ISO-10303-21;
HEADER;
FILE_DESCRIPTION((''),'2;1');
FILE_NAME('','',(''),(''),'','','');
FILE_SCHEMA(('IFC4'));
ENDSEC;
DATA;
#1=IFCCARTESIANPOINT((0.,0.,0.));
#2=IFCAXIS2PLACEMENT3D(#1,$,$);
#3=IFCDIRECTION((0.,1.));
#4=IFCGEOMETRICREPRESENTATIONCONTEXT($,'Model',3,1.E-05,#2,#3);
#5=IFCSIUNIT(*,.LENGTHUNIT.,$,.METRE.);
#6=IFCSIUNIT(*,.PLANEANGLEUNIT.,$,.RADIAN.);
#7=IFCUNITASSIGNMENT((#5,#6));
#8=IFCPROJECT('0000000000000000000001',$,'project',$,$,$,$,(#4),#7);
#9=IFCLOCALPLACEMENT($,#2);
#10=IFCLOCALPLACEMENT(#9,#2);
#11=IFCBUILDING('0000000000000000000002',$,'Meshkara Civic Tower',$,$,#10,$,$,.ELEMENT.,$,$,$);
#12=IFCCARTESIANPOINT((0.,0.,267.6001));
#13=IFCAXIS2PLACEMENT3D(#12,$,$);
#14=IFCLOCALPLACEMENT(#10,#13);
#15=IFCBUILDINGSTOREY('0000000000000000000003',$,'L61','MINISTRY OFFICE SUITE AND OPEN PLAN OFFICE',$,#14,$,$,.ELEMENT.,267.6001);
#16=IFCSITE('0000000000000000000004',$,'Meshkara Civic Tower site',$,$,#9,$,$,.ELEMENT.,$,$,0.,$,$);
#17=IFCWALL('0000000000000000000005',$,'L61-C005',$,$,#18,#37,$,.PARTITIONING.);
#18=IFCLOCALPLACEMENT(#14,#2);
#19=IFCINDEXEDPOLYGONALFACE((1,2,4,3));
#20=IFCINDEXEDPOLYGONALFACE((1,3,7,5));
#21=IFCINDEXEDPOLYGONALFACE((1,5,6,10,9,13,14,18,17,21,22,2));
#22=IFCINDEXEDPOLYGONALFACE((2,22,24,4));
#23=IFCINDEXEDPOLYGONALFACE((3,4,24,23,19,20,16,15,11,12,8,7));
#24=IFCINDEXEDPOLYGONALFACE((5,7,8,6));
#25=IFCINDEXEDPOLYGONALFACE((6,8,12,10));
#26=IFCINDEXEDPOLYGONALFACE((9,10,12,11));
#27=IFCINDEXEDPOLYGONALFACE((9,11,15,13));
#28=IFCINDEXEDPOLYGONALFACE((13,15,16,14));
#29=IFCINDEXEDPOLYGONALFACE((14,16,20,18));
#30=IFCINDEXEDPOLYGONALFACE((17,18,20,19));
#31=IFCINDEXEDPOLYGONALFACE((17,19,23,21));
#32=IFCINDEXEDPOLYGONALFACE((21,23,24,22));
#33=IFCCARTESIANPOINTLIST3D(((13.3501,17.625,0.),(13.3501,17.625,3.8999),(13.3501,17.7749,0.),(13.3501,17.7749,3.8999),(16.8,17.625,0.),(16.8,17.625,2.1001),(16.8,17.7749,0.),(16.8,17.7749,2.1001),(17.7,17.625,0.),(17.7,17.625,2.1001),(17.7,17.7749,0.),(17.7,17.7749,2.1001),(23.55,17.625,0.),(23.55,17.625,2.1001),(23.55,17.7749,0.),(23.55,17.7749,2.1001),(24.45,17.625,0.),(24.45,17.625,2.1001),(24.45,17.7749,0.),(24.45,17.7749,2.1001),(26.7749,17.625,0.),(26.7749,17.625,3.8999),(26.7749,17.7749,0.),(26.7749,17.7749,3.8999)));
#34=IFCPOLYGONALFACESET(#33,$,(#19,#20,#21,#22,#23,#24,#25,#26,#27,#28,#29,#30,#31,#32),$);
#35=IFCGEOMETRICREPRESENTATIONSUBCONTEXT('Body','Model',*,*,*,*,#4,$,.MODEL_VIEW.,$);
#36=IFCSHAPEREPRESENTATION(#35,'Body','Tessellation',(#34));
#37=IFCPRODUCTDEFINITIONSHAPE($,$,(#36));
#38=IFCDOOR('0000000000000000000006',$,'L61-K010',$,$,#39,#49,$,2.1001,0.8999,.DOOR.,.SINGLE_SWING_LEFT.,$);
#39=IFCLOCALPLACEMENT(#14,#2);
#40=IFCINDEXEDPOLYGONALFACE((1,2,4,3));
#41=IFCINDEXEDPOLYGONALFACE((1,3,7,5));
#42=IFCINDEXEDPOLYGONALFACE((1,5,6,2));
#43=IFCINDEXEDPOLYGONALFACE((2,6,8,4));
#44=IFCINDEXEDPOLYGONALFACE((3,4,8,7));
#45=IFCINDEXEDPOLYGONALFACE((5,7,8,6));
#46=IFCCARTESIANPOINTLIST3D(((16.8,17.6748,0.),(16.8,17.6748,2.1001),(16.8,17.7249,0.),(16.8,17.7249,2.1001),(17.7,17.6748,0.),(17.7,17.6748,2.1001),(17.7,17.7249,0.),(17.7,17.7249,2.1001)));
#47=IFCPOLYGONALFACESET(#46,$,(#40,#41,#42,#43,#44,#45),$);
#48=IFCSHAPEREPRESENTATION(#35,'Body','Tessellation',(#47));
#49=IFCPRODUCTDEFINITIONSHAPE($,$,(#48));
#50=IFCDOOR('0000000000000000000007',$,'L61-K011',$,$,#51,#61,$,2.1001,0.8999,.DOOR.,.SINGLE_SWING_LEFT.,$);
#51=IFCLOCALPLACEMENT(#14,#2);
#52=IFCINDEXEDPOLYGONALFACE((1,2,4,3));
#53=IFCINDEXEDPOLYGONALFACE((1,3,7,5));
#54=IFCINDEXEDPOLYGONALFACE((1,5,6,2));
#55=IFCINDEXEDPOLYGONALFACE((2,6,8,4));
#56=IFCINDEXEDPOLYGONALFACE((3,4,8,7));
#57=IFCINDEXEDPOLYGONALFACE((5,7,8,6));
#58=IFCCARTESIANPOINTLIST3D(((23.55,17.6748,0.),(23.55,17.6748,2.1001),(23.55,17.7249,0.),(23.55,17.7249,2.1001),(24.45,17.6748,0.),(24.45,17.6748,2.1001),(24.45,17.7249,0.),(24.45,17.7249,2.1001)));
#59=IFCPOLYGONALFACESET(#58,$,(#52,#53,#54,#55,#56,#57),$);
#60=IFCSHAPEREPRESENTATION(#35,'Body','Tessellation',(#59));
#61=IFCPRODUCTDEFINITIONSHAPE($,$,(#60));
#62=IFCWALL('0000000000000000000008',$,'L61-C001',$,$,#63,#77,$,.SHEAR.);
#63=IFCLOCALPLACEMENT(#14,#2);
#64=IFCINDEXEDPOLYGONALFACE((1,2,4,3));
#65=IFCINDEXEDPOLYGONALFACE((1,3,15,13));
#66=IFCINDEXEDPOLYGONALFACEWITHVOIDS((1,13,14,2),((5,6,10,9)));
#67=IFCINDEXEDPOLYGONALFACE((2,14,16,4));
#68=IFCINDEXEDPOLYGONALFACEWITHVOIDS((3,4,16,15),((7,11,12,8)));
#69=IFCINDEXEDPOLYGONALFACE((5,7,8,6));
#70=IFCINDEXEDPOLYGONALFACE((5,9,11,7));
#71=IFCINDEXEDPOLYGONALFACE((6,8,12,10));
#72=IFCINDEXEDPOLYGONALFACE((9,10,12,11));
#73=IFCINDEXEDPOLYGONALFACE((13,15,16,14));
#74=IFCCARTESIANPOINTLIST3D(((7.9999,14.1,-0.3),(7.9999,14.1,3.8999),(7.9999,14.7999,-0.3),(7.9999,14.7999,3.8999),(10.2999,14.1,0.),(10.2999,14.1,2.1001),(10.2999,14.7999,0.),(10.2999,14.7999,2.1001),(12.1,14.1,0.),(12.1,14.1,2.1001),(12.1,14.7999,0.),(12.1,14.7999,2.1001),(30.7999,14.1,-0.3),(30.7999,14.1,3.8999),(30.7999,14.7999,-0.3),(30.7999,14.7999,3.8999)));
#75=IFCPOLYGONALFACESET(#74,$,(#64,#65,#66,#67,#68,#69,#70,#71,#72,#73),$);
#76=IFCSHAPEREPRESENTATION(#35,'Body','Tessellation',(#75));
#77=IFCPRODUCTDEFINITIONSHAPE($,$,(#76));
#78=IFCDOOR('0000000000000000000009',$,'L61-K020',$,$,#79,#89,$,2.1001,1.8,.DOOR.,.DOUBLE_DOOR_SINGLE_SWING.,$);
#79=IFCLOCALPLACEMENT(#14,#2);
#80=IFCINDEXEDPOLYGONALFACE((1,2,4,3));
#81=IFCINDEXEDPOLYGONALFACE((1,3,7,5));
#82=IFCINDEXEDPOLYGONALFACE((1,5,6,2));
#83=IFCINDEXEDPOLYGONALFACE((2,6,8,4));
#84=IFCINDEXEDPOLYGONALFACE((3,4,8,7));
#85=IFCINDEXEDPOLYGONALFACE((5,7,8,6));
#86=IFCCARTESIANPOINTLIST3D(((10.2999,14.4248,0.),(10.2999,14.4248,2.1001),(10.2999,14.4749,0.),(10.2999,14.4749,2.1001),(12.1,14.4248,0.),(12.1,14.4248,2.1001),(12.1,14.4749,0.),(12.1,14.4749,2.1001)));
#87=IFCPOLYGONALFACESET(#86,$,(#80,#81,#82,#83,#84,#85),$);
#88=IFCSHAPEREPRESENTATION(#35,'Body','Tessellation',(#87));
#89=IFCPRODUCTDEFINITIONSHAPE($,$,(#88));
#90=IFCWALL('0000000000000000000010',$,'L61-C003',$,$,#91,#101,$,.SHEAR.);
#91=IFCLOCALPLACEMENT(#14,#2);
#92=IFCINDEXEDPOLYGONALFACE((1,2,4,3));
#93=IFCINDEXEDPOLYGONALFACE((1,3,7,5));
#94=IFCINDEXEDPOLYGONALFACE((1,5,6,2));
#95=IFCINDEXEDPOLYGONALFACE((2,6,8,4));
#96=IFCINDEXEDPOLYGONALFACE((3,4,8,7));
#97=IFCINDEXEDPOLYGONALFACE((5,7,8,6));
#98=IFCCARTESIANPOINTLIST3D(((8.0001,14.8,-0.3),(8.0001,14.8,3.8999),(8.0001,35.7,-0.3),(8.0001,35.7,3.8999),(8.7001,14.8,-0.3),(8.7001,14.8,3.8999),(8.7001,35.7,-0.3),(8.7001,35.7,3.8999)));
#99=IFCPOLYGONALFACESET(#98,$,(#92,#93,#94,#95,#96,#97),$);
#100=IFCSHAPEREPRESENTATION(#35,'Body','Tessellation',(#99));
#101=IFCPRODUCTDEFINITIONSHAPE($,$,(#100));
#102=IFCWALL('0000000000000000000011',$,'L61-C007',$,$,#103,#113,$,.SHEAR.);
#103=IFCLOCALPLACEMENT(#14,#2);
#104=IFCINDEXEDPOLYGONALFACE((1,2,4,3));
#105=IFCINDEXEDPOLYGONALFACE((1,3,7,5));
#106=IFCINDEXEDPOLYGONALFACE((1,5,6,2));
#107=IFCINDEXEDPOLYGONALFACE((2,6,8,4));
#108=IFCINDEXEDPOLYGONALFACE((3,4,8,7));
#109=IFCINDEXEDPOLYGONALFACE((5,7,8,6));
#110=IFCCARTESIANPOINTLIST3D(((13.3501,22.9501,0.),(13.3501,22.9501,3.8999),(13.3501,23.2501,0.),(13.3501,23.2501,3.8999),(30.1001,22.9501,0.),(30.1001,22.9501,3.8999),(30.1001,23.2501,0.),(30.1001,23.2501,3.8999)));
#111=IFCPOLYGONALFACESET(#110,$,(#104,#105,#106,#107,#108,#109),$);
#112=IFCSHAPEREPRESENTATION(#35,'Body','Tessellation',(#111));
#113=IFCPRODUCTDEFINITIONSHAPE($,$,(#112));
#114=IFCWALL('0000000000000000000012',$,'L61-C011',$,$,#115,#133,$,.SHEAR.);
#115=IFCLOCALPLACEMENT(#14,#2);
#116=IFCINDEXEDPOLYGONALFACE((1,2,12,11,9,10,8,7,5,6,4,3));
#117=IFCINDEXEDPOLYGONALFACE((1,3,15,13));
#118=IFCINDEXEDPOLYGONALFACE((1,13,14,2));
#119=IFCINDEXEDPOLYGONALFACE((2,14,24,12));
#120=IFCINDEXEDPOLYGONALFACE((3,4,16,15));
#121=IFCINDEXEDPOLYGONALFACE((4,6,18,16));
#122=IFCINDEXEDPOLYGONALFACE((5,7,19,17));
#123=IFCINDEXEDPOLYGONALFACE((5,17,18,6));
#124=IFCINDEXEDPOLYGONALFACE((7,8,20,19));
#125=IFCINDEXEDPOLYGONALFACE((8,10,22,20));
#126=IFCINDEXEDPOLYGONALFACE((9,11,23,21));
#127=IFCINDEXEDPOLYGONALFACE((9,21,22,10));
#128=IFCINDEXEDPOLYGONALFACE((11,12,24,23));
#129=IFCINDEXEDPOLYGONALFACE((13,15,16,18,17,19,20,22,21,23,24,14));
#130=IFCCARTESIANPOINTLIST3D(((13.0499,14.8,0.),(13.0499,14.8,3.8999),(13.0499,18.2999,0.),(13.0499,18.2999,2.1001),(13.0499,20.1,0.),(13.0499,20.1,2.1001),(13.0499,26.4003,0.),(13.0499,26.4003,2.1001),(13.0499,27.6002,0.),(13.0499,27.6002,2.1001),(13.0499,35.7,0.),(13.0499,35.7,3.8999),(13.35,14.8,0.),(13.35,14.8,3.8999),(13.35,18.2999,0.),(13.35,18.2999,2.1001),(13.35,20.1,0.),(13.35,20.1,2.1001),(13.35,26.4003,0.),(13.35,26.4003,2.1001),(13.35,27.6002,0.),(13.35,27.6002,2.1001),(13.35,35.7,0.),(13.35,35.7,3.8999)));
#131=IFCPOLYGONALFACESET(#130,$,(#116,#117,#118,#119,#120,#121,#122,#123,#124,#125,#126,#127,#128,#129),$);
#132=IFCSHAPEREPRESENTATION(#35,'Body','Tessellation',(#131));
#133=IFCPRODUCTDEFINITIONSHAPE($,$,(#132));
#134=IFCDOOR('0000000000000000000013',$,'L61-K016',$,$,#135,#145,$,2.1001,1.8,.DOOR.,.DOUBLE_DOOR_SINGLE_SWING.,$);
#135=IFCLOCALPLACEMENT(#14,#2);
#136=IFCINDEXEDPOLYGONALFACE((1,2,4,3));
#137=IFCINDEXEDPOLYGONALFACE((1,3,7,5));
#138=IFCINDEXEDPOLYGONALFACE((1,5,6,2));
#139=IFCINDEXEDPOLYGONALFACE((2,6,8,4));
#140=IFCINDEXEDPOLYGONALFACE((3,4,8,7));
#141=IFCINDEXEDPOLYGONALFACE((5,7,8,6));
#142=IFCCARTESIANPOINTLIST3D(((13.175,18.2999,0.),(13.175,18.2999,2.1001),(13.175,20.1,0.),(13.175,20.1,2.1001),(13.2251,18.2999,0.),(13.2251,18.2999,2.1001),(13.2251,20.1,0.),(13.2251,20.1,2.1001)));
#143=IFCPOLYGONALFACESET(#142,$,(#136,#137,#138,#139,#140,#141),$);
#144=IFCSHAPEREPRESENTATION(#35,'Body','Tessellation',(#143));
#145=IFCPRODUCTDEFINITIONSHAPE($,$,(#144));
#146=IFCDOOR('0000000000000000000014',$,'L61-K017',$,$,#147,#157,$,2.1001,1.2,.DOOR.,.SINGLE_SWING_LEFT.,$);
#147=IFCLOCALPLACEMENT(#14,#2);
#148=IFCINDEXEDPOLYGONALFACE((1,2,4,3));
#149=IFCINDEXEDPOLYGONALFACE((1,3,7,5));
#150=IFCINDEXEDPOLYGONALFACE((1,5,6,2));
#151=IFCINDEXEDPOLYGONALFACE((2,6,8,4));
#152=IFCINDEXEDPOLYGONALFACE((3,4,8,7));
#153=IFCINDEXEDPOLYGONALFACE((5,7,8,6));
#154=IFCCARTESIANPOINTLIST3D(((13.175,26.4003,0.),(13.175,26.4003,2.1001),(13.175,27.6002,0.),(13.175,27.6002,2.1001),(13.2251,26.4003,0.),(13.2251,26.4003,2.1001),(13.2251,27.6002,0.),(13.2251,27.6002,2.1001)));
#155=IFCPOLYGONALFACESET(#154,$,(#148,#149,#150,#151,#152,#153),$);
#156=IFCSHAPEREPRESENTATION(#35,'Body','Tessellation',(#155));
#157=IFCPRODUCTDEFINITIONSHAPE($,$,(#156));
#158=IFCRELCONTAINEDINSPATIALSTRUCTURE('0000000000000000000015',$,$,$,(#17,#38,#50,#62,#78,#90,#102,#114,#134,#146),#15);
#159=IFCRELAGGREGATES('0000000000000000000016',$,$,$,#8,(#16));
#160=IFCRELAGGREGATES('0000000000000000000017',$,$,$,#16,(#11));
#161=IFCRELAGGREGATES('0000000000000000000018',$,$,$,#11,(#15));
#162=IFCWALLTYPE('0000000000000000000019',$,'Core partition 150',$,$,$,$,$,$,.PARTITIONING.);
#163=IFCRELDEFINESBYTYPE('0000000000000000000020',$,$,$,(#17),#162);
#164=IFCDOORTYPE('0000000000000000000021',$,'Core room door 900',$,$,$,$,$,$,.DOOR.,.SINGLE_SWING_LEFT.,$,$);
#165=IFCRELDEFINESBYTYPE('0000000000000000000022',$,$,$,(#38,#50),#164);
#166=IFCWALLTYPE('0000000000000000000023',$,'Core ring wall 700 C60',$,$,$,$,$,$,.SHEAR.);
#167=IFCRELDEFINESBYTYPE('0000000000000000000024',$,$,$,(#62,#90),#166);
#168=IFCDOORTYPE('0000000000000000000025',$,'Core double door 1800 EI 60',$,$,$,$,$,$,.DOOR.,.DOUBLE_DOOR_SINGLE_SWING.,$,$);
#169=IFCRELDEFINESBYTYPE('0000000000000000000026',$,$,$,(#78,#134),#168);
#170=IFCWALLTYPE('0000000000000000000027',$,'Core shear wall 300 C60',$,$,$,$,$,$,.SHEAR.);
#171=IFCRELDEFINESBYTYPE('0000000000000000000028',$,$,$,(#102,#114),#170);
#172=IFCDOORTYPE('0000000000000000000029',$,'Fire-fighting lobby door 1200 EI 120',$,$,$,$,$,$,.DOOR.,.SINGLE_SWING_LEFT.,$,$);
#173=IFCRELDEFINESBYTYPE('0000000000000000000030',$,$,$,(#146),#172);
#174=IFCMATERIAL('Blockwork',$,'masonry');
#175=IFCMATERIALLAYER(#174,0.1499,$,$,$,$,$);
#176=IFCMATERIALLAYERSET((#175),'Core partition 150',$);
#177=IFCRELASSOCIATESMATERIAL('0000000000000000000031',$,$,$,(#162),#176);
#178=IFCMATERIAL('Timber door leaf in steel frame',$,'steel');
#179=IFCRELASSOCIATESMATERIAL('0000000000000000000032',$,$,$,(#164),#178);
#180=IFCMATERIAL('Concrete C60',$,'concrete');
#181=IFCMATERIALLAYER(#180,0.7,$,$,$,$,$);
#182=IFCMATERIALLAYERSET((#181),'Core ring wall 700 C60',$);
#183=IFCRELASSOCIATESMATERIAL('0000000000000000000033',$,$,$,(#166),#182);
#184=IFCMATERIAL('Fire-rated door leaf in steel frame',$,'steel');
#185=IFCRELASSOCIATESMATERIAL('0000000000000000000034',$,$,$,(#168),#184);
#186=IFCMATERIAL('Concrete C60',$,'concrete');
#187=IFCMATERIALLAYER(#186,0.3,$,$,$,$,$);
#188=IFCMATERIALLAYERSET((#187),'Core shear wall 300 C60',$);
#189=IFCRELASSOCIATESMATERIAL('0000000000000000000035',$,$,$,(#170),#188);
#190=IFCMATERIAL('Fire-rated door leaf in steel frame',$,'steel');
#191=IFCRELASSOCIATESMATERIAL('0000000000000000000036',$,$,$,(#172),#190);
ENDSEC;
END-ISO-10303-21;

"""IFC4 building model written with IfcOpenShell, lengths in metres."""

from ifc_helpers import new_model, si_unit, direction, frame, frame_2d, origin, place, context, subcontext, project, spatial, rectangle, extrude, material, layer, layer_set, type_object, element, fill, save


model = new_model("IFC4")

# Units and contexts
model_context = context("Model", 3, precision=1e-05, world=origin(), true_north=direction((0.0, 1.0)))
body_context = subcontext(model_context, "Body", "Model", "MODEL_VIEW")
ifc_project = project(units=[si_unit("LENGTHUNIT", "METRE"), si_unit("PLANEANGLEUNIT", "RADIAN")], contexts=[model_context])

# Site, building, storey
site_placement = place(None, origin())
site = spatial("IfcSite", under=ifc_project, at=site_placement, Name="Meshkara Civic Tower site", CompositionType="ELEMENT", RefElevation=0.0)
building_placement = place(site_placement, origin())
building = spatial("IfcBuilding", under=site, at=building_placement, Name="Meshkara Civic Tower", CompositionType="ELEMENT")
storey_placement = place(building_placement, frame((0.0, 0.0, 267.6001)))
storey = spatial("IfcBuildingStorey", under=building, at=storey_placement, Name="L61", Description="MINISTRY OFFICE SUITE AND OPEN PLAN OFFICE", CompositionType="ELEMENT", Elevation=267.6001)

# Wall, openings, doors
ifc_material_1 = material(Name="Blockwork", Category="masonry")
ifc_layer_1 = layer(ifc_material_1, 0.1499)
ifc_layer_set_1 = layer_set([ifc_layer_1], Name="Core partition 150")
wall_type_1 = type_object("IfcWallType", Name="Core partition 150", PredefinedType="PARTITIONING", material=ifc_layer_set_1)
wall_1_placement = place(storey_placement, frame((13.3501, 17.7, 0.0), z_axis=(0.0, 0.0, 1.0), x_axis=(1.0, 0.0, 0.0)))
wall_1 = element("IfcWall", 1, at=wall_1_placement, inside=storey, type_object=wall_type_1, Name="L61-C005", PredefinedType="PARTITIONING", context=body_context, shape_type="SweptSolid", body=[
    extrude(rectangle(XDim=13.4248, YDim=0.1499, at=frame_2d((6.7124, 0.0))), origin(), (0.0, 0.0, 1.0), 3.8999),
])
opening_1_placement = place(wall_1_placement, frame((3.45, 0.0, 0.0)))
opening_1 = element("IfcOpeningElement", 2, at=opening_1_placement, cuts=wall_1, PredefinedType="OPENING", context=body_context, shape_type="SweptSolid", body=[
    extrude(rectangle(XDim=0.8999, YDim=2.1001, at=frame_2d((0.45, 1.05))), frame((0.0, 0.085, 0.0), z_axis=(0.0, -1.0, 0.0), x_axis=(1.0, 0.0, 0.0)), (0.0, 0.0, 1.0), 0.1699),
])
opening_2_placement = place(wall_1_placement, frame((10.2, 0.0, 0.0)))
opening_2 = element("IfcOpeningElement", 3, at=opening_2_placement, cuts=wall_1, PredefinedType="OPENING", context=body_context, shape_type="SweptSolid", body=[
    extrude(rectangle(XDim=0.8999, YDim=2.1001, at=frame_2d((0.45, 1.05))), frame((0.0, 0.085, 0.0), z_axis=(0.0, -1.0, 0.0), x_axis=(1.0, 0.0, 0.0)), (0.0, 0.0, 1.0), 0.1699),
])
ifc_material_2 = material(Name="Timber door leaf in steel frame", Category="steel")
door_type_1 = type_object("IfcDoorType", Name="Core room door 900", OperationType="SINGLE_SWING_LEFT", PredefinedType="DOOR", material=ifc_material_2)
door_1_placement = place(opening_1_placement, origin())
door_1 = element("IfcDoor", 4, at=door_1_placement, inside=storey, type_object=door_type_1, Name="L61-K010", OperationType="SINGLE_SWING_LEFT", OverallHeight=2.1001, OverallWidth=0.8999, PredefinedType="DOOR", context=body_context, shape_type="SweptSolid", body=[
    extrude(rectangle(XDim=0.8999, YDim=2.1001, at=frame_2d((0.45, 1.05))), frame((0.0, 0.0249, 0.0), z_axis=(0.0, -1.0, 0.0), x_axis=(1.0, 0.0, 0.0)), (0.0, 0.0, 1.0), 0.05),
])
fill(opening_1, door_1)
door_2_placement = place(opening_2_placement, origin())
door_2 = element("IfcDoor", 5, at=door_2_placement, inside=storey, type_object=door_type_1, Name="L61-K011", OperationType="SINGLE_SWING_LEFT", OverallHeight=2.1001, OverallWidth=0.8999, PredefinedType="DOOR", context=body_context, shape_type="SweptSolid", body=[
    extrude(rectangle(XDim=0.8999, YDim=2.1001, at=frame_2d((0.45, 1.05))), frame((0.0, 0.0249, 0.0), z_axis=(0.0, -1.0, 0.0), x_axis=(1.0, 0.0, 0.0)), (0.0, 0.0, 1.0), 0.05),
])
fill(opening_2, door_2)

# Wall, opening, door
ifc_material_3 = material(Name="Concrete C60", Category="concrete")
ifc_layer_2 = layer(ifc_material_3, 0.7)
ifc_layer_set_2 = layer_set([ifc_layer_2], Name="Core ring wall 700 C60")
wall_type_2 = type_object("IfcWallType", Name="Core ring wall 700 C60", PredefinedType="SHEAR", material=ifc_layer_set_2)
wall_2_placement = place(storey_placement, frame((8.0, 14.45, -0.3), z_axis=(0.0, 0.0, 1.0), x_axis=(1.0, 0.0, 0.0)))
wall_2 = element("IfcWall", 6, at=wall_2_placement, inside=storey, type_object=wall_type_2, Name="L61-C001", PredefinedType="SHEAR", context=body_context, shape_type="SweptSolid", body=[
    extrude(rectangle(XDim=22.8, YDim=0.7, at=frame_2d((11.3999, 0.0))), origin(), (0.0, 0.0, 1.0), 4.2),
])
opening_3_placement = place(wall_2_placement, frame((2.3, 0.0, 0.3)))
opening_3 = element("IfcOpeningElement", 7, at=opening_3_placement, cuts=wall_2, PredefinedType="OPENING", context=body_context, shape_type="SweptSolid", body=[
    extrude(rectangle(XDim=1.8, YDim=2.1001, at=frame_2d((0.8999, 1.05))), frame((0.0, 0.3599, 0.0), z_axis=(0.0, -1.0, 0.0), x_axis=(1.0, 0.0, 0.0)), (0.0, 0.0, 1.0), 0.72),
])
ifc_material_4 = material(Name="Fire-rated door leaf in steel frame", Category="steel")
door_type_2 = type_object("IfcDoorType", Name="Core double door 1800 EI 60", OperationType="DOUBLE_DOOR_SINGLE_SWING", PredefinedType="DOOR", material=ifc_material_4)
door_3_placement = place(opening_3_placement, origin())
door_3 = element("IfcDoor", 8, at=door_3_placement, inside=storey, type_object=door_type_2, Name="L61-K020", OperationType="DOUBLE_DOOR_SINGLE_SWING", OverallHeight=2.1001, OverallWidth=1.8, PredefinedType="DOOR", context=body_context, shape_type="SweptSolid", body=[
    extrude(rectangle(XDim=1.8, YDim=2.1001, at=frame_2d((0.8999, 1.05))), frame((0.0, 0.0249, 0.0), z_axis=(0.0, -1.0, 0.0), x_axis=(1.0, 0.0, 0.0)), (0.0, 0.0, 1.0), 0.05),
])
fill(opening_3, door_3)

# Walls
wall_3_placement = place(storey_placement, frame((8.3501, 14.8, -0.3), z_axis=(0.0, 0.0, 1.0), x_axis=(0.0, 1.0, 0.0)))
element("IfcWall", 9, at=wall_3_placement, inside=storey, type_object=wall_type_2, Name="L61-C003", PredefinedType="SHEAR", context=body_context, shape_type="SweptSolid", body=[
    extrude(rectangle(XDim=20.8999, YDim=0.7, at=frame_2d((10.45, 0.0))), origin(), (0.0, 0.0, 1.0), 4.2),
])
ifc_material_5 = material(Name="Concrete C60", Category="concrete")
ifc_layer_3 = layer(ifc_material_5, 0.3)
ifc_layer_set_3 = layer_set([ifc_layer_3], Name="Core shear wall 300 C60")
wall_type_3 = type_object("IfcWallType", Name="Core shear wall 300 C60", PredefinedType="SHEAR", material=ifc_layer_set_3)
wall_4_placement = place(storey_placement, frame((13.3501, 23.1001, 0.0), z_axis=(0.0, 0.0, 1.0), x_axis=(1.0, 0.0, 0.0)))
element("IfcWall", 10, at=wall_4_placement, inside=storey, type_object=wall_type_3, Name="L61-C007", PredefinedType="SHEAR", context=body_context, shape_type="SweptSolid", body=[
    extrude(rectangle(XDim=16.75, YDim=0.3, at=frame_2d((8.375, 0.0))), origin(), (0.0, 0.0, 1.0), 3.8999),
])

# Wall, openings, doors
wall_5_placement = place(storey_placement, frame((13.2, 14.8, 0.0), z_axis=(0.0, 0.0, 1.0), x_axis=(0.0, 1.0, 0.0)))
wall_5 = element("IfcWall", 11, at=wall_5_placement, inside=storey, type_object=wall_type_3, Name="L61-C011", PredefinedType="SHEAR", context=body_context, shape_type="SweptSolid", body=[
    extrude(rectangle(XDim=20.8999, YDim=0.3, at=frame_2d((10.45, 0.0))), origin(), (0.0, 0.0, 1.0), 3.8999),
])
opening_4_placement = place(wall_5_placement, frame((3.5, 0.0, 0.0)))
opening_4 = element("IfcOpeningElement", 12, at=opening_4_placement, cuts=wall_5, PredefinedType="OPENING", context=body_context, shape_type="SweptSolid", body=[
    extrude(rectangle(XDim=1.8, YDim=2.1001, at=frame_2d((0.8999, 1.05))), frame((0.0, 0.1599, 0.0), z_axis=(0.0, -1.0, 0.0), x_axis=(1.0, 0.0, 0.0)), (0.0, 0.0, 1.0), 0.3201),
])
opening_5_placement = place(wall_5_placement, frame((11.6001, 0.0, 0.0)))
opening_5 = element("IfcOpeningElement", 13, at=opening_5_placement, cuts=wall_5, PredefinedType="OPENING", context=body_context, shape_type="SweptSolid", body=[
    extrude(rectangle(XDim=1.2, YDim=2.1001, at=frame_2d((0.6001, 1.05))), frame((0.0, 0.1599, 0.0), z_axis=(0.0, -1.0, 0.0), x_axis=(1.0, 0.0, 0.0)), (0.0, 0.0, 1.0), 0.3201),
])
door_4_placement = place(opening_4_placement, origin())
door_4 = element("IfcDoor", 14, at=door_4_placement, inside=storey, type_object=door_type_2, Name="L61-K016", OperationType="DOUBLE_DOOR_SINGLE_SWING", OverallHeight=2.1001, OverallWidth=1.8, PredefinedType="DOOR", context=body_context, shape_type="SweptSolid", body=[
    extrude(rectangle(XDim=1.8, YDim=2.1001, at=frame_2d((0.8999, 1.05))), frame((0.0, 0.0249, 0.0), z_axis=(0.0, -1.0, 0.0), x_axis=(1.0, 0.0, 0.0)), (0.0, 0.0, 1.0), 0.05),
])
fill(opening_4, door_4)
ifc_material_6 = material(Name="Fire-rated door leaf in steel frame", Category="steel")
door_type_3 = type_object("IfcDoorType", Name="Fire-fighting lobby door 1200 EI 120", OperationType="SINGLE_SWING_LEFT", PredefinedType="DOOR", material=ifc_material_6)
door_5_placement = place(opening_5_placement, origin())
door_5 = element("IfcDoor", 15, at=door_5_placement, inside=storey, type_object=door_type_3, Name="L61-K017", OperationType="SINGLE_SWING_LEFT", OverallHeight=2.1001, OverallWidth=1.2, PredefinedType="DOOR", context=body_context, shape_type="SweptSolid", body=[
    extrude(rectangle(XDim=1.2, YDim=2.1001, at=frame_2d((0.6001, 1.05))), frame((0.0, 0.0249, 0.0), z_axis=(0.0, -1.0, 0.0), x_axis=(1.0, 0.0, 0.0)), (0.0, 0.0, 1.0), 0.05),
])
fill(opening_5, door_5)

save(model, "model.ifc")
